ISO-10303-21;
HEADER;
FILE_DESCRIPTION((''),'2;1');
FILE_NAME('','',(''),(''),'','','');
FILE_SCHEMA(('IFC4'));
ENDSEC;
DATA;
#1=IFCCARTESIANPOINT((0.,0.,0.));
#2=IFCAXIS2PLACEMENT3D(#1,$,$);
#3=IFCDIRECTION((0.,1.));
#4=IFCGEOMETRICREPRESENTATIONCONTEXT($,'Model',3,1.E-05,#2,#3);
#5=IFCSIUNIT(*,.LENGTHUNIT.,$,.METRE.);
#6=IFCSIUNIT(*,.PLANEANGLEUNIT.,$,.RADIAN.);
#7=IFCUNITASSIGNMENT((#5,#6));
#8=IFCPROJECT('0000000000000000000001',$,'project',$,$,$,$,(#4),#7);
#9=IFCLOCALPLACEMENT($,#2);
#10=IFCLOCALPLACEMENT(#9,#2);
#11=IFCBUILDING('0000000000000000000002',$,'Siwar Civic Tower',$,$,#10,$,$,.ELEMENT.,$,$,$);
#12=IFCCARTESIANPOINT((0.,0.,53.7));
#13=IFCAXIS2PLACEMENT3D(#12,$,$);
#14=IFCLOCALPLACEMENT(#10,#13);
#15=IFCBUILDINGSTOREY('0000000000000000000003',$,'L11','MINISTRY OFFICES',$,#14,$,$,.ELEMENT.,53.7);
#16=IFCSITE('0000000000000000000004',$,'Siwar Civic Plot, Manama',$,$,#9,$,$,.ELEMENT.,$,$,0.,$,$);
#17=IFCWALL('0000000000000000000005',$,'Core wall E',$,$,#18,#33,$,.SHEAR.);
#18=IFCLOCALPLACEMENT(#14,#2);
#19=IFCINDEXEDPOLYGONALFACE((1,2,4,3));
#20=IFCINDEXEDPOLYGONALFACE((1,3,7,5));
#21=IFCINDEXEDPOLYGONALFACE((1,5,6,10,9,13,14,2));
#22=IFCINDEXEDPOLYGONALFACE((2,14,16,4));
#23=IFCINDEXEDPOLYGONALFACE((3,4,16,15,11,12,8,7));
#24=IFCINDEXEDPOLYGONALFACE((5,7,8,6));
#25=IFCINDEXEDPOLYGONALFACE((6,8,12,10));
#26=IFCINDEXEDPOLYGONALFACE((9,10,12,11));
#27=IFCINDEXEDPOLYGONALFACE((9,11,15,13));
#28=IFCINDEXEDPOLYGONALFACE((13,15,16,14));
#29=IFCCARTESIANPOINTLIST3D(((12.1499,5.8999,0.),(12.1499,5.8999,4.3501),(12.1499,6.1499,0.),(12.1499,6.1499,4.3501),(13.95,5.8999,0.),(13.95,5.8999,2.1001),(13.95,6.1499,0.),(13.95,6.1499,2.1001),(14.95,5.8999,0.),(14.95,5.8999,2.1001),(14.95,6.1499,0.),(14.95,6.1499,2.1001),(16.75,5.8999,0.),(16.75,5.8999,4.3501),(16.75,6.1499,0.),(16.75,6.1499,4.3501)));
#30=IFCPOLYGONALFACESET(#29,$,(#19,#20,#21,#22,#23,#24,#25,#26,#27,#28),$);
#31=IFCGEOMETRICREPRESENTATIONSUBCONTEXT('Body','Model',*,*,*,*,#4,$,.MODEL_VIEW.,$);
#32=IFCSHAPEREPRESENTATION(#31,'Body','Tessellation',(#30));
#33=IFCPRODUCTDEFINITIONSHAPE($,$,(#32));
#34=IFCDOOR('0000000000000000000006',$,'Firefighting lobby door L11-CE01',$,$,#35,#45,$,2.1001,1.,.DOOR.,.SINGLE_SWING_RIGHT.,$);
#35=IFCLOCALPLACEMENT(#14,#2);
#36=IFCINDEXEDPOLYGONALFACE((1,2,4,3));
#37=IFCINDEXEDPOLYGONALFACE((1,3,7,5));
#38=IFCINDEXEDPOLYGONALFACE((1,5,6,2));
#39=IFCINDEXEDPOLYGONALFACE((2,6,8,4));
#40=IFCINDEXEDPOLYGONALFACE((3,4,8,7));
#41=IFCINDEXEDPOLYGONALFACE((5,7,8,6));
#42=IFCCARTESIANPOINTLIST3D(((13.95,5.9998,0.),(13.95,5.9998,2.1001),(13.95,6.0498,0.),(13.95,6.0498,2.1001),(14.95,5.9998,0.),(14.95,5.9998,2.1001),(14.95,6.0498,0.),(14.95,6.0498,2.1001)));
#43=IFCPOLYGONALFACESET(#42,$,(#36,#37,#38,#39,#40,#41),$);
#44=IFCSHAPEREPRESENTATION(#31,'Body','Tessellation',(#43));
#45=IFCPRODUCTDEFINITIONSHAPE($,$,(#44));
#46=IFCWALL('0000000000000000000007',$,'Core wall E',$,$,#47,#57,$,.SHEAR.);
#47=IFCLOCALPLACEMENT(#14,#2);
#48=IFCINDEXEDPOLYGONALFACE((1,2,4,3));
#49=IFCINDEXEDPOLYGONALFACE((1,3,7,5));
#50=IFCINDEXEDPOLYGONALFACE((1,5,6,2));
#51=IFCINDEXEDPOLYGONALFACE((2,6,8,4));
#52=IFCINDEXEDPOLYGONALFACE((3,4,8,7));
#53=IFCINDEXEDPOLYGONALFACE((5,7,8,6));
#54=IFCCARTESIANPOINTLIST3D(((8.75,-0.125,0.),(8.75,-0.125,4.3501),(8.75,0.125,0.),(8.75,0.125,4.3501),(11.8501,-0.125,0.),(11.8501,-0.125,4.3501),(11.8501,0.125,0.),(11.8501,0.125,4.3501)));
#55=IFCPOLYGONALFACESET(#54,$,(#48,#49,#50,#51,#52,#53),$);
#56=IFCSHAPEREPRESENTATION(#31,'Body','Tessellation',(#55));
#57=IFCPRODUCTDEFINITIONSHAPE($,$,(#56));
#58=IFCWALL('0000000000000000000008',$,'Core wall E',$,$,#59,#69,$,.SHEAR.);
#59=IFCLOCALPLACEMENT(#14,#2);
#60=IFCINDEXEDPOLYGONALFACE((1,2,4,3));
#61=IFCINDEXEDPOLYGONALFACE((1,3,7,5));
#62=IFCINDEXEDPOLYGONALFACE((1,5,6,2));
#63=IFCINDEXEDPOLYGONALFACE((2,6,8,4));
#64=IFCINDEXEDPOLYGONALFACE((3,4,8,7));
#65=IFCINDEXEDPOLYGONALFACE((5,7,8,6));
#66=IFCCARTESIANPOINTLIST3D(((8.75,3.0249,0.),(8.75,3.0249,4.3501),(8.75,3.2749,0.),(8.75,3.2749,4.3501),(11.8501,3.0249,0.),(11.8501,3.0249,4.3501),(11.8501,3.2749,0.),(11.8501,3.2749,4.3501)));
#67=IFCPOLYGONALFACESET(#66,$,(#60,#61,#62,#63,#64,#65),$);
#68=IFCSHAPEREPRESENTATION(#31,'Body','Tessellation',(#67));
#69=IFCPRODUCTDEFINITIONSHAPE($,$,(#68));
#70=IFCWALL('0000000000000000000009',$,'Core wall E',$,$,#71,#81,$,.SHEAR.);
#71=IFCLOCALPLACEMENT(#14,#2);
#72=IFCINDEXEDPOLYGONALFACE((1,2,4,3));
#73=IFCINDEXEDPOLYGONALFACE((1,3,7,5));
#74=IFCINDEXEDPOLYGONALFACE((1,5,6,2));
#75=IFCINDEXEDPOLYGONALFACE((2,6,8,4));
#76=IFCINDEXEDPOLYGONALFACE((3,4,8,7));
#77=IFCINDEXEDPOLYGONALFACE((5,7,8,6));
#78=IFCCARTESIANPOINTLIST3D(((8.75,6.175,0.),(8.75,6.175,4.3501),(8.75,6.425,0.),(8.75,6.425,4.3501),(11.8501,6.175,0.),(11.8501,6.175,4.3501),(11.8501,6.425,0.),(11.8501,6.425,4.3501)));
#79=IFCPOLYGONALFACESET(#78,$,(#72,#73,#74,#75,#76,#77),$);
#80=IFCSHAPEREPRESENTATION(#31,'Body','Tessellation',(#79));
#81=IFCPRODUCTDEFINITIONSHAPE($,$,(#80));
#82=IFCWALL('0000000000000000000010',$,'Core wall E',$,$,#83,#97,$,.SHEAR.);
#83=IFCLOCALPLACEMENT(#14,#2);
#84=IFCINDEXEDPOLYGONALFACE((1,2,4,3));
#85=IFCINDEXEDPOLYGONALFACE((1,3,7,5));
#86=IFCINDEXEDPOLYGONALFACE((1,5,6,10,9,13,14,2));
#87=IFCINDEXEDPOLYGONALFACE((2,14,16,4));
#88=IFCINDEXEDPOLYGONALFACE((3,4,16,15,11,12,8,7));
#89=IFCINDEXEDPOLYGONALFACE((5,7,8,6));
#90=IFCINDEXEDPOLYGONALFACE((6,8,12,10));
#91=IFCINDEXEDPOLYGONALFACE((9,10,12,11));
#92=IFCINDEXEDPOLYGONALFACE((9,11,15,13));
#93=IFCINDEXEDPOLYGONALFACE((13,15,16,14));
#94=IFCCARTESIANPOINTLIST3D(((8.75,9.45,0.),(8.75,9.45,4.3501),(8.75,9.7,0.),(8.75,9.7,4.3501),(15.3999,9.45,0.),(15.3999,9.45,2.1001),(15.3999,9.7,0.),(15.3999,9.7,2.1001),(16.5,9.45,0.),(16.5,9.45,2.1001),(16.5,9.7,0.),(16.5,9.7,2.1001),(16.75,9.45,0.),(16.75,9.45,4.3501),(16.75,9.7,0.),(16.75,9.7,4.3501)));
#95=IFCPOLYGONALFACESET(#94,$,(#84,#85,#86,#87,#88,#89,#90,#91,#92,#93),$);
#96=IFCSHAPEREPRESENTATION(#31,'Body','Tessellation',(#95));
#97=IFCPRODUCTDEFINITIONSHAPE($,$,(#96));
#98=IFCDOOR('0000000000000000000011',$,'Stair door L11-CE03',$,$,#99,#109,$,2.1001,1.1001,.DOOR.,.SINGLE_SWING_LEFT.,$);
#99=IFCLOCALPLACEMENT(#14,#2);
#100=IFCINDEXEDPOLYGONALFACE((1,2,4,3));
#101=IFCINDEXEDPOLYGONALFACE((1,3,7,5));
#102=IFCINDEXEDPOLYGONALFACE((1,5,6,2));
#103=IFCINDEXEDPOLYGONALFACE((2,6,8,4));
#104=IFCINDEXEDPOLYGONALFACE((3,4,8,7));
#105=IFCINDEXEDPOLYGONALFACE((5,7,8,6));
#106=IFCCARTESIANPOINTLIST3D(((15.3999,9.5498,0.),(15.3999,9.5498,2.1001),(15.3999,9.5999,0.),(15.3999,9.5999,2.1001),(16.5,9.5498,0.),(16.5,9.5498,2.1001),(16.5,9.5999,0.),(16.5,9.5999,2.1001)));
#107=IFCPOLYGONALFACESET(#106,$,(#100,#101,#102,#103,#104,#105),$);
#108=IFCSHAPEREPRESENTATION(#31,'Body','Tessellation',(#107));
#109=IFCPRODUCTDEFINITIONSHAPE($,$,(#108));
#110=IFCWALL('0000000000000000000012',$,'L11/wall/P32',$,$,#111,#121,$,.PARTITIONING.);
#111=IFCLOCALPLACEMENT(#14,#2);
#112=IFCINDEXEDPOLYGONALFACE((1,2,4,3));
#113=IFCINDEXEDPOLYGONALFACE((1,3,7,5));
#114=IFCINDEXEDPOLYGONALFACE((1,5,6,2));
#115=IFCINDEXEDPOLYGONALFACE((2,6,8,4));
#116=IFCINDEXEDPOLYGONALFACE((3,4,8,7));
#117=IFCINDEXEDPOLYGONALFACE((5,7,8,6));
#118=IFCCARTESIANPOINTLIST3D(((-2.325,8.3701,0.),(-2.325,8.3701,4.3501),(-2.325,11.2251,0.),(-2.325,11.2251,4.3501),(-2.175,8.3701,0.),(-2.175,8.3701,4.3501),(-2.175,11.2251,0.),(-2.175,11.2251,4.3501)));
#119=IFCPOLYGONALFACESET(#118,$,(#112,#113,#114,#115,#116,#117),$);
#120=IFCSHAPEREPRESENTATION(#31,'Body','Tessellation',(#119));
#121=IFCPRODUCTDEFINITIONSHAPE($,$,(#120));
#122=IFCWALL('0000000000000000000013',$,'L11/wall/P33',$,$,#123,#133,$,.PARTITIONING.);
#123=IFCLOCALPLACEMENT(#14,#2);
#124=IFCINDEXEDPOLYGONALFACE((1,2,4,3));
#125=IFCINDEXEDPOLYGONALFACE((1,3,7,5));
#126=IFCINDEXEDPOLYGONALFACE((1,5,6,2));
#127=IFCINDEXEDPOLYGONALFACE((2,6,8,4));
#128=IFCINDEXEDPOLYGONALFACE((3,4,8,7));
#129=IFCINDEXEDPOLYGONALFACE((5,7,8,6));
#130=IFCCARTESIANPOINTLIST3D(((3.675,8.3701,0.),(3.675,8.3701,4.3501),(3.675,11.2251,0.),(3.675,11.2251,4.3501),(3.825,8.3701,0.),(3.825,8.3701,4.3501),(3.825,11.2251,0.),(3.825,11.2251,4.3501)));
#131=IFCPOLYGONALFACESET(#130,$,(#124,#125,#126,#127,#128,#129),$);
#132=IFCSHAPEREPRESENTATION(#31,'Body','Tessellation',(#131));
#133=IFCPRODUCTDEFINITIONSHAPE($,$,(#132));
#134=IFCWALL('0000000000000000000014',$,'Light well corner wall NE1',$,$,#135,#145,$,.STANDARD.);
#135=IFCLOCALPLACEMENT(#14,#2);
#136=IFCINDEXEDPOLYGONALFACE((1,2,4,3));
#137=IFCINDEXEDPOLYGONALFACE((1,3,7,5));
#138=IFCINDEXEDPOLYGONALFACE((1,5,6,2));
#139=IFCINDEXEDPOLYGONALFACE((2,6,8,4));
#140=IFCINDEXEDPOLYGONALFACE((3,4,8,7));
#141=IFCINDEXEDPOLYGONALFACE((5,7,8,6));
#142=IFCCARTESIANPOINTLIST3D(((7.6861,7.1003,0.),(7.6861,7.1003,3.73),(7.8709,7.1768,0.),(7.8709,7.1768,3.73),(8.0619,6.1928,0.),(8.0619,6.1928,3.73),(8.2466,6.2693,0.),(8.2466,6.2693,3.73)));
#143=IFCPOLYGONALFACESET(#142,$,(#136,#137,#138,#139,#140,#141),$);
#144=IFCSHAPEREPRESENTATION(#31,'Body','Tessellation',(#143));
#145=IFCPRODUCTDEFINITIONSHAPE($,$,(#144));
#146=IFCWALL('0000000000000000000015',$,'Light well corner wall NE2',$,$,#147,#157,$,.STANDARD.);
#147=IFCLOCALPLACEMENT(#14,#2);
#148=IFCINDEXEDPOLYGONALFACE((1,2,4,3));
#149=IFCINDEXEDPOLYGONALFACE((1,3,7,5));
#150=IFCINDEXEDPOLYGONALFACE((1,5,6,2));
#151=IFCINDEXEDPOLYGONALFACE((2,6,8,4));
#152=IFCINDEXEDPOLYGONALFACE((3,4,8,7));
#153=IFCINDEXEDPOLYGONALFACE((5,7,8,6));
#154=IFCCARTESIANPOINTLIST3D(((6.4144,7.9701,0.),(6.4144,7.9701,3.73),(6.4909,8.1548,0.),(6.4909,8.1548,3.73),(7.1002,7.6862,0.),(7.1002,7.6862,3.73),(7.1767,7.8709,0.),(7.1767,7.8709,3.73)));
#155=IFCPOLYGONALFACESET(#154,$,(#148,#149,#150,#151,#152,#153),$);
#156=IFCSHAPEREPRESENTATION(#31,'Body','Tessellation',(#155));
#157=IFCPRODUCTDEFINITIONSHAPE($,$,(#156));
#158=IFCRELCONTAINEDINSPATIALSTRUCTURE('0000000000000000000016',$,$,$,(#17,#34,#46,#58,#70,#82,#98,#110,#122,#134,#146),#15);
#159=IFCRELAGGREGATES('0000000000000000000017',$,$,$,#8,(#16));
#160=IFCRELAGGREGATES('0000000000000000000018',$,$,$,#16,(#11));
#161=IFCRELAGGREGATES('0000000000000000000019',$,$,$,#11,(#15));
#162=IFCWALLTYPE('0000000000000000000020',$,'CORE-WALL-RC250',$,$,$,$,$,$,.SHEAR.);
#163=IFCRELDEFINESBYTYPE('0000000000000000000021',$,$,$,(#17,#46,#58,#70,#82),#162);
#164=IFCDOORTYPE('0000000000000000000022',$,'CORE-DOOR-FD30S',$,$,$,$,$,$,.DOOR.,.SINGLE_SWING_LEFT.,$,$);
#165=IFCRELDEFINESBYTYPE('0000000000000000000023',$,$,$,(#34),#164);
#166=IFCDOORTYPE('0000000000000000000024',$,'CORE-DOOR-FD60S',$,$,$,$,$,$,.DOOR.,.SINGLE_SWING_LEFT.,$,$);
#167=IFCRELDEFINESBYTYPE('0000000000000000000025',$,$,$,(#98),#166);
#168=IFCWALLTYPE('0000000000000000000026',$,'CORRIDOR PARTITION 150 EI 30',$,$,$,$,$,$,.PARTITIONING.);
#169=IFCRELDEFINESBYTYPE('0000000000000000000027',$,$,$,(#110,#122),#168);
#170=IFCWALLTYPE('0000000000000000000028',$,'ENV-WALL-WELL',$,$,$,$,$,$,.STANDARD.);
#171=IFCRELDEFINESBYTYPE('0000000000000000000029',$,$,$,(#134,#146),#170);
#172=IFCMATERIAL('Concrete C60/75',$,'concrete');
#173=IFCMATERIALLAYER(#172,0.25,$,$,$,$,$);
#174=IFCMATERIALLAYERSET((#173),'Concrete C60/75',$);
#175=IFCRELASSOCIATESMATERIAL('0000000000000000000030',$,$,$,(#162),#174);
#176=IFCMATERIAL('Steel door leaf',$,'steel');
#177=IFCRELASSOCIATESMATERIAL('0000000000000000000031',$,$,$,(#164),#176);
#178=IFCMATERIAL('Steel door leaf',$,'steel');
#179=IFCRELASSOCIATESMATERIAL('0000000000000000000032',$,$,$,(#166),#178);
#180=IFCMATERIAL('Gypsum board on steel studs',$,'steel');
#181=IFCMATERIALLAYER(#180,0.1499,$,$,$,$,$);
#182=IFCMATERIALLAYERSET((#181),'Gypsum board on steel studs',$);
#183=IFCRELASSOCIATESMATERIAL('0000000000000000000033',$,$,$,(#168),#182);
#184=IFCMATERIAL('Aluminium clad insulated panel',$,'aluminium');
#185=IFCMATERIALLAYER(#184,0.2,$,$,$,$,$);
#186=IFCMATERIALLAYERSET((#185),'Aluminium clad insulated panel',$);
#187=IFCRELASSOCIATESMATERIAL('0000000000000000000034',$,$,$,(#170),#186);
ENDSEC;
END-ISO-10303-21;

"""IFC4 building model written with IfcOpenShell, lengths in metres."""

from ifc_helpers import new_model, si_unit, direction, frame, frame_2d, origin, place, context, subcontext, project, spatial, rectangle, extrude, material, layer, layer_set, type_object, element, fill, save


model = new_model("IFC4")

# Units and contexts
model_context = context("Model", 3, precision=1e-05, world=origin(), true_north=direction((0.0, 1.0)))
body_context = subcontext(model_context, "Body", "Model", "MODEL_VIEW")
ifc_project = project(units=[si_unit("LENGTHUNIT", "METRE"), si_unit("PLANEANGLEUNIT", "RADIAN")], contexts=[model_context])

# Site, building, storey
site_placement = place(None, origin())
site = spatial("IfcSite", under=ifc_project, at=site_placement, Name="Siwar Civic Plot, Manama", CompositionType="ELEMENT", RefElevation=0.0)
building_placement = place(site_placement, origin())
building = spatial("IfcBuilding", under=site, at=building_placement, Name="Siwar Civic Tower", CompositionType="ELEMENT")
storey_placement = place(building_placement, frame((0.0, 0.0, 53.7)))
storey = spatial("IfcBuildingStorey", under=building, at=storey_placement, Name="L11", Description="MINISTRY OFFICES", CompositionType="ELEMENT", Elevation=53.7)

# Wall, opening, door
ifc_material_1 = material(Name="Concrete C60/75", Category="concrete")
ifc_layer_1 = layer(ifc_material_1, 0.25)
ifc_layer_set_1 = layer_set([ifc_layer_1], Name="Concrete C60/75")
wall_type_1 = type_object("IfcWallType", Name="CORE-WALL-RC250", PredefinedType="SHEAR", material=ifc_layer_set_1)
wall_1_placement = place(storey_placement, frame((12.1499, 6.0249, 0.0), z_axis=(0.0, 0.0, 1.0), x_axis=(1.0, 0.0, 0.0)))
wall_1 = element("IfcWall", 1, at=wall_1_placement, inside=storey, type_object=wall_type_1, Name="Core wall E", PredefinedType="SHEAR", context=body_context, shape_type="SweptSolid", body=[
    extrude(rectangle(XDim=4.6001, YDim=0.25, at=frame_2d((2.3, 0.0))), origin(), (0.0, 0.0, 1.0), 4.3501),
])
opening_1_placement = place(wall_1_placement, frame((1.8, 0.0, 0.0)))
opening_1 = element("IfcOpeningElement", 2, at=opening_1_placement, cuts=wall_1, PredefinedType="OPENING", context=body_context, shape_type="SweptSolid", body=[
    extrude(rectangle(XDim=1.0, YDim=2.1001, at=frame_2d((0.5, 1.05))), frame((0.0, 0.135, 0.0), z_axis=(0.0, -1.0, 0.0), x_axis=(1.0, 0.0, 0.0)), (0.0, 0.0, 1.0), 0.27),
])
ifc_material_2 = material(Name="Steel door leaf", Category="steel")
door_type_1 = type_object("IfcDoorType", Name="CORE-DOOR-FD30S", OperationType="SINGLE_SWING_LEFT", PredefinedType="DOOR", material=ifc_material_2)
door_1_placement = place(opening_1_placement, origin())
door_1 = element("IfcDoor", 3, at=door_1_placement, inside=storey, type_object=door_type_1, Name="Firefighting lobby door L11-CE01", OperationType="SINGLE_SWING_RIGHT", OverallHeight=2.1001, OverallWidth=1.0, PredefinedType="DOOR", context=body_context, shape_type="SweptSolid", body=[
    extrude(rectangle(XDim=1.0, YDim=2.1001, at=frame_2d((0.5, 1.05))), frame((0.0, 0.0249, 0.0), z_axis=(0.0, -1.0, 0.0), x_axis=(1.0, 0.0, 0.0)), (0.0, 0.0, 1.0), 0.05),
])
fill(opening_1, door_1)

# Walls
for number, where, z_axis, x_axis, name in (
    (4, (8.75, 0.0, 0.0), (0.0, 0.0, 1.0), (1.0, 0.0, 0.0), "Core wall E"),
    (5, (8.75, 3.1499, 0.0), (0.0, 0.0, 1.0), (1.0, 0.0, 0.0), "Core wall E"),
    (6, (8.75, 6.3, 0.0), (0.0, 0.0, 1.0), (1.0, 0.0, 0.0), "Core wall E"),
):
    element("IfcWall", number, at=place(storey_placement, frame(where, z_axis=z_axis, x_axis=x_axis)), inside=storey, type_object=wall_type_1, Name=name, PredefinedType="SHEAR", context=body_context, shape_type="SweptSolid", body=[
        extrude(rectangle(XDim=3.1001, YDim=0.25, at=frame_2d((1.55, 0.0))), origin(), (0.0, 0.0, 1.0), 4.3501),
    ])

# Wall, opening, door
wall_2_placement = place(storey_placement, frame((8.75, 9.575, 0.0), z_axis=(0.0, 0.0, 1.0), x_axis=(1.0, 0.0, 0.0)))
wall_2 = element("IfcWall", 7, at=wall_2_placement, inside=storey, type_object=wall_type_1, Name="Core wall E", PredefinedType="SHEAR", context=body_context, shape_type="SweptSolid", body=[
    extrude(rectangle(XDim=8.0, YDim=0.25, at=frame_2d((4.0, 0.0))), origin(), (0.0, 0.0, 1.0), 4.3501),
])
opening_2_placement = place(wall_2_placement, frame((6.6499, 0.0, 0.0)))
opening_2 = element("IfcOpeningElement", 8, at=opening_2_placement, cuts=wall_2, PredefinedType="OPENING", context=body_context, shape_type="SweptSolid", body=[
    extrude(rectangle(XDim=1.1001, YDim=2.1001, at=frame_2d((0.55, 1.05))), frame((0.0, 0.135, 0.0), z_axis=(0.0, -1.0, 0.0), x_axis=(1.0, 0.0, 0.0)), (0.0, 0.0, 1.0), 0.27),
])
ifc_material_3 = material(Name="Steel door leaf", Category="steel")
door_type_2 = type_object("IfcDoorType", Name="CORE-DOOR-FD60S", OperationType="SINGLE_SWING_LEFT", PredefinedType="DOOR", material=ifc_material_3)
door_2_placement = place(opening_2_placement, origin())
door_2 = element("IfcDoor", 9, at=door_2_placement, inside=storey, type_object=door_type_2, Name="Stair door L11-CE03", OperationType="SINGLE_SWING_LEFT", OverallHeight=2.1001, OverallWidth=1.1001, PredefinedType="DOOR", context=body_context, shape_type="SweptSolid", body=[
    extrude(rectangle(XDim=1.1001, YDim=2.1001, at=frame_2d((0.55, 1.05))), frame((0.0, 0.0249, 0.0), z_axis=(0.0, -1.0, 0.0), x_axis=(1.0, 0.0, 0.0)), (0.0, 0.0, 1.0), 0.05),
])
fill(opening_2, door_2)

# Walls
ifc_material_4 = material(Name="Gypsum board on steel studs", Category="steel")
ifc_layer_2 = layer(ifc_material_4, 0.1499)
ifc_layer_set_2 = layer_set([ifc_layer_2], Name="Gypsum board on steel studs")
wall_type_2 = type_object("IfcWallType", Name="CORRIDOR PARTITION 150 EI 30", PredefinedType="PARTITIONING", material=ifc_layer_set_2)
for number, where, z_axis, x_axis, name in (
    (10, (-2.25, 8.3701, 0.0), (0.0, 0.0, 1.0), (0.0, 1.0, 0.0), "L11/wall/P32"),
    (11, (3.75, 8.3701, 0.0), (0.0, 0.0, 1.0), (0.0, 1.0, 0.0), "L11/wall/P33"),
):
    element("IfcWall", number, at=place(storey_placement, frame(where, z_axis=z_axis, x_axis=x_axis)), inside=storey, type_object=wall_type_2, Name=name, PredefinedType="PARTITIONING", context=body_context, shape_type="SweptSolid", body=[
        extrude(rectangle(XDim=2.855, YDim=0.1499, at=frame_2d((1.4275, 0.0))), origin(), (0.0, 0.0, 1.0), 4.3501),
    ])
ifc_material_5 = material(Name="Aluminium clad insulated panel", Category="aluminium")
ifc_layer_3 = layer(ifc_material_5, 0.2)
ifc_layer_set_3 = layer_set([ifc_layer_3], Name="Aluminium clad insulated panel")
wall_type_3 = type_object("IfcWallType", Name="ENV-WALL-WELL", PredefinedType="STANDARD", material=ifc_layer_set_3)
wall_3_placement = place(storey_placement, frame((8.1543, 6.231, 0.0), z_axis=(0.0, 0.0, 1.0), x_axis=(-0.382549, 0.923935, 0.0)))
element("IfcWall", 12, at=wall_3_placement, inside=storey, type_object=wall_type_3, Name="Light well corner wall NE1", PredefinedType="STANDARD", context=body_context, shape_type="SweptSolid", body=[
    extrude(rectangle(XDim=0.9822, YDim=0.2, at=frame_2d((0.4912, 0.0))), origin(), (0.0, 0.0, 1.0), 3.73),
])
wall_4_placement = place(storey_placement, frame((7.1384, 7.7786, 0.0), z_axis=(0.0, 0.0, 1.0), x_axis=(-0.923941, 0.382536, 0.0)))
element("IfcWall", 13, at=wall_4_placement, inside=storey, type_object=wall_type_3, Name="Light well corner wall NE2", PredefinedType="STANDARD", context=body_context, shape_type="SweptSolid", body=[
    extrude(rectangle(XDim=0.7422, YDim=0.2, at=frame_2d((0.3711, 0.0))), origin(), (0.0, 0.0, 1.0), 3.73),
])

save(model, "model.ifc")
